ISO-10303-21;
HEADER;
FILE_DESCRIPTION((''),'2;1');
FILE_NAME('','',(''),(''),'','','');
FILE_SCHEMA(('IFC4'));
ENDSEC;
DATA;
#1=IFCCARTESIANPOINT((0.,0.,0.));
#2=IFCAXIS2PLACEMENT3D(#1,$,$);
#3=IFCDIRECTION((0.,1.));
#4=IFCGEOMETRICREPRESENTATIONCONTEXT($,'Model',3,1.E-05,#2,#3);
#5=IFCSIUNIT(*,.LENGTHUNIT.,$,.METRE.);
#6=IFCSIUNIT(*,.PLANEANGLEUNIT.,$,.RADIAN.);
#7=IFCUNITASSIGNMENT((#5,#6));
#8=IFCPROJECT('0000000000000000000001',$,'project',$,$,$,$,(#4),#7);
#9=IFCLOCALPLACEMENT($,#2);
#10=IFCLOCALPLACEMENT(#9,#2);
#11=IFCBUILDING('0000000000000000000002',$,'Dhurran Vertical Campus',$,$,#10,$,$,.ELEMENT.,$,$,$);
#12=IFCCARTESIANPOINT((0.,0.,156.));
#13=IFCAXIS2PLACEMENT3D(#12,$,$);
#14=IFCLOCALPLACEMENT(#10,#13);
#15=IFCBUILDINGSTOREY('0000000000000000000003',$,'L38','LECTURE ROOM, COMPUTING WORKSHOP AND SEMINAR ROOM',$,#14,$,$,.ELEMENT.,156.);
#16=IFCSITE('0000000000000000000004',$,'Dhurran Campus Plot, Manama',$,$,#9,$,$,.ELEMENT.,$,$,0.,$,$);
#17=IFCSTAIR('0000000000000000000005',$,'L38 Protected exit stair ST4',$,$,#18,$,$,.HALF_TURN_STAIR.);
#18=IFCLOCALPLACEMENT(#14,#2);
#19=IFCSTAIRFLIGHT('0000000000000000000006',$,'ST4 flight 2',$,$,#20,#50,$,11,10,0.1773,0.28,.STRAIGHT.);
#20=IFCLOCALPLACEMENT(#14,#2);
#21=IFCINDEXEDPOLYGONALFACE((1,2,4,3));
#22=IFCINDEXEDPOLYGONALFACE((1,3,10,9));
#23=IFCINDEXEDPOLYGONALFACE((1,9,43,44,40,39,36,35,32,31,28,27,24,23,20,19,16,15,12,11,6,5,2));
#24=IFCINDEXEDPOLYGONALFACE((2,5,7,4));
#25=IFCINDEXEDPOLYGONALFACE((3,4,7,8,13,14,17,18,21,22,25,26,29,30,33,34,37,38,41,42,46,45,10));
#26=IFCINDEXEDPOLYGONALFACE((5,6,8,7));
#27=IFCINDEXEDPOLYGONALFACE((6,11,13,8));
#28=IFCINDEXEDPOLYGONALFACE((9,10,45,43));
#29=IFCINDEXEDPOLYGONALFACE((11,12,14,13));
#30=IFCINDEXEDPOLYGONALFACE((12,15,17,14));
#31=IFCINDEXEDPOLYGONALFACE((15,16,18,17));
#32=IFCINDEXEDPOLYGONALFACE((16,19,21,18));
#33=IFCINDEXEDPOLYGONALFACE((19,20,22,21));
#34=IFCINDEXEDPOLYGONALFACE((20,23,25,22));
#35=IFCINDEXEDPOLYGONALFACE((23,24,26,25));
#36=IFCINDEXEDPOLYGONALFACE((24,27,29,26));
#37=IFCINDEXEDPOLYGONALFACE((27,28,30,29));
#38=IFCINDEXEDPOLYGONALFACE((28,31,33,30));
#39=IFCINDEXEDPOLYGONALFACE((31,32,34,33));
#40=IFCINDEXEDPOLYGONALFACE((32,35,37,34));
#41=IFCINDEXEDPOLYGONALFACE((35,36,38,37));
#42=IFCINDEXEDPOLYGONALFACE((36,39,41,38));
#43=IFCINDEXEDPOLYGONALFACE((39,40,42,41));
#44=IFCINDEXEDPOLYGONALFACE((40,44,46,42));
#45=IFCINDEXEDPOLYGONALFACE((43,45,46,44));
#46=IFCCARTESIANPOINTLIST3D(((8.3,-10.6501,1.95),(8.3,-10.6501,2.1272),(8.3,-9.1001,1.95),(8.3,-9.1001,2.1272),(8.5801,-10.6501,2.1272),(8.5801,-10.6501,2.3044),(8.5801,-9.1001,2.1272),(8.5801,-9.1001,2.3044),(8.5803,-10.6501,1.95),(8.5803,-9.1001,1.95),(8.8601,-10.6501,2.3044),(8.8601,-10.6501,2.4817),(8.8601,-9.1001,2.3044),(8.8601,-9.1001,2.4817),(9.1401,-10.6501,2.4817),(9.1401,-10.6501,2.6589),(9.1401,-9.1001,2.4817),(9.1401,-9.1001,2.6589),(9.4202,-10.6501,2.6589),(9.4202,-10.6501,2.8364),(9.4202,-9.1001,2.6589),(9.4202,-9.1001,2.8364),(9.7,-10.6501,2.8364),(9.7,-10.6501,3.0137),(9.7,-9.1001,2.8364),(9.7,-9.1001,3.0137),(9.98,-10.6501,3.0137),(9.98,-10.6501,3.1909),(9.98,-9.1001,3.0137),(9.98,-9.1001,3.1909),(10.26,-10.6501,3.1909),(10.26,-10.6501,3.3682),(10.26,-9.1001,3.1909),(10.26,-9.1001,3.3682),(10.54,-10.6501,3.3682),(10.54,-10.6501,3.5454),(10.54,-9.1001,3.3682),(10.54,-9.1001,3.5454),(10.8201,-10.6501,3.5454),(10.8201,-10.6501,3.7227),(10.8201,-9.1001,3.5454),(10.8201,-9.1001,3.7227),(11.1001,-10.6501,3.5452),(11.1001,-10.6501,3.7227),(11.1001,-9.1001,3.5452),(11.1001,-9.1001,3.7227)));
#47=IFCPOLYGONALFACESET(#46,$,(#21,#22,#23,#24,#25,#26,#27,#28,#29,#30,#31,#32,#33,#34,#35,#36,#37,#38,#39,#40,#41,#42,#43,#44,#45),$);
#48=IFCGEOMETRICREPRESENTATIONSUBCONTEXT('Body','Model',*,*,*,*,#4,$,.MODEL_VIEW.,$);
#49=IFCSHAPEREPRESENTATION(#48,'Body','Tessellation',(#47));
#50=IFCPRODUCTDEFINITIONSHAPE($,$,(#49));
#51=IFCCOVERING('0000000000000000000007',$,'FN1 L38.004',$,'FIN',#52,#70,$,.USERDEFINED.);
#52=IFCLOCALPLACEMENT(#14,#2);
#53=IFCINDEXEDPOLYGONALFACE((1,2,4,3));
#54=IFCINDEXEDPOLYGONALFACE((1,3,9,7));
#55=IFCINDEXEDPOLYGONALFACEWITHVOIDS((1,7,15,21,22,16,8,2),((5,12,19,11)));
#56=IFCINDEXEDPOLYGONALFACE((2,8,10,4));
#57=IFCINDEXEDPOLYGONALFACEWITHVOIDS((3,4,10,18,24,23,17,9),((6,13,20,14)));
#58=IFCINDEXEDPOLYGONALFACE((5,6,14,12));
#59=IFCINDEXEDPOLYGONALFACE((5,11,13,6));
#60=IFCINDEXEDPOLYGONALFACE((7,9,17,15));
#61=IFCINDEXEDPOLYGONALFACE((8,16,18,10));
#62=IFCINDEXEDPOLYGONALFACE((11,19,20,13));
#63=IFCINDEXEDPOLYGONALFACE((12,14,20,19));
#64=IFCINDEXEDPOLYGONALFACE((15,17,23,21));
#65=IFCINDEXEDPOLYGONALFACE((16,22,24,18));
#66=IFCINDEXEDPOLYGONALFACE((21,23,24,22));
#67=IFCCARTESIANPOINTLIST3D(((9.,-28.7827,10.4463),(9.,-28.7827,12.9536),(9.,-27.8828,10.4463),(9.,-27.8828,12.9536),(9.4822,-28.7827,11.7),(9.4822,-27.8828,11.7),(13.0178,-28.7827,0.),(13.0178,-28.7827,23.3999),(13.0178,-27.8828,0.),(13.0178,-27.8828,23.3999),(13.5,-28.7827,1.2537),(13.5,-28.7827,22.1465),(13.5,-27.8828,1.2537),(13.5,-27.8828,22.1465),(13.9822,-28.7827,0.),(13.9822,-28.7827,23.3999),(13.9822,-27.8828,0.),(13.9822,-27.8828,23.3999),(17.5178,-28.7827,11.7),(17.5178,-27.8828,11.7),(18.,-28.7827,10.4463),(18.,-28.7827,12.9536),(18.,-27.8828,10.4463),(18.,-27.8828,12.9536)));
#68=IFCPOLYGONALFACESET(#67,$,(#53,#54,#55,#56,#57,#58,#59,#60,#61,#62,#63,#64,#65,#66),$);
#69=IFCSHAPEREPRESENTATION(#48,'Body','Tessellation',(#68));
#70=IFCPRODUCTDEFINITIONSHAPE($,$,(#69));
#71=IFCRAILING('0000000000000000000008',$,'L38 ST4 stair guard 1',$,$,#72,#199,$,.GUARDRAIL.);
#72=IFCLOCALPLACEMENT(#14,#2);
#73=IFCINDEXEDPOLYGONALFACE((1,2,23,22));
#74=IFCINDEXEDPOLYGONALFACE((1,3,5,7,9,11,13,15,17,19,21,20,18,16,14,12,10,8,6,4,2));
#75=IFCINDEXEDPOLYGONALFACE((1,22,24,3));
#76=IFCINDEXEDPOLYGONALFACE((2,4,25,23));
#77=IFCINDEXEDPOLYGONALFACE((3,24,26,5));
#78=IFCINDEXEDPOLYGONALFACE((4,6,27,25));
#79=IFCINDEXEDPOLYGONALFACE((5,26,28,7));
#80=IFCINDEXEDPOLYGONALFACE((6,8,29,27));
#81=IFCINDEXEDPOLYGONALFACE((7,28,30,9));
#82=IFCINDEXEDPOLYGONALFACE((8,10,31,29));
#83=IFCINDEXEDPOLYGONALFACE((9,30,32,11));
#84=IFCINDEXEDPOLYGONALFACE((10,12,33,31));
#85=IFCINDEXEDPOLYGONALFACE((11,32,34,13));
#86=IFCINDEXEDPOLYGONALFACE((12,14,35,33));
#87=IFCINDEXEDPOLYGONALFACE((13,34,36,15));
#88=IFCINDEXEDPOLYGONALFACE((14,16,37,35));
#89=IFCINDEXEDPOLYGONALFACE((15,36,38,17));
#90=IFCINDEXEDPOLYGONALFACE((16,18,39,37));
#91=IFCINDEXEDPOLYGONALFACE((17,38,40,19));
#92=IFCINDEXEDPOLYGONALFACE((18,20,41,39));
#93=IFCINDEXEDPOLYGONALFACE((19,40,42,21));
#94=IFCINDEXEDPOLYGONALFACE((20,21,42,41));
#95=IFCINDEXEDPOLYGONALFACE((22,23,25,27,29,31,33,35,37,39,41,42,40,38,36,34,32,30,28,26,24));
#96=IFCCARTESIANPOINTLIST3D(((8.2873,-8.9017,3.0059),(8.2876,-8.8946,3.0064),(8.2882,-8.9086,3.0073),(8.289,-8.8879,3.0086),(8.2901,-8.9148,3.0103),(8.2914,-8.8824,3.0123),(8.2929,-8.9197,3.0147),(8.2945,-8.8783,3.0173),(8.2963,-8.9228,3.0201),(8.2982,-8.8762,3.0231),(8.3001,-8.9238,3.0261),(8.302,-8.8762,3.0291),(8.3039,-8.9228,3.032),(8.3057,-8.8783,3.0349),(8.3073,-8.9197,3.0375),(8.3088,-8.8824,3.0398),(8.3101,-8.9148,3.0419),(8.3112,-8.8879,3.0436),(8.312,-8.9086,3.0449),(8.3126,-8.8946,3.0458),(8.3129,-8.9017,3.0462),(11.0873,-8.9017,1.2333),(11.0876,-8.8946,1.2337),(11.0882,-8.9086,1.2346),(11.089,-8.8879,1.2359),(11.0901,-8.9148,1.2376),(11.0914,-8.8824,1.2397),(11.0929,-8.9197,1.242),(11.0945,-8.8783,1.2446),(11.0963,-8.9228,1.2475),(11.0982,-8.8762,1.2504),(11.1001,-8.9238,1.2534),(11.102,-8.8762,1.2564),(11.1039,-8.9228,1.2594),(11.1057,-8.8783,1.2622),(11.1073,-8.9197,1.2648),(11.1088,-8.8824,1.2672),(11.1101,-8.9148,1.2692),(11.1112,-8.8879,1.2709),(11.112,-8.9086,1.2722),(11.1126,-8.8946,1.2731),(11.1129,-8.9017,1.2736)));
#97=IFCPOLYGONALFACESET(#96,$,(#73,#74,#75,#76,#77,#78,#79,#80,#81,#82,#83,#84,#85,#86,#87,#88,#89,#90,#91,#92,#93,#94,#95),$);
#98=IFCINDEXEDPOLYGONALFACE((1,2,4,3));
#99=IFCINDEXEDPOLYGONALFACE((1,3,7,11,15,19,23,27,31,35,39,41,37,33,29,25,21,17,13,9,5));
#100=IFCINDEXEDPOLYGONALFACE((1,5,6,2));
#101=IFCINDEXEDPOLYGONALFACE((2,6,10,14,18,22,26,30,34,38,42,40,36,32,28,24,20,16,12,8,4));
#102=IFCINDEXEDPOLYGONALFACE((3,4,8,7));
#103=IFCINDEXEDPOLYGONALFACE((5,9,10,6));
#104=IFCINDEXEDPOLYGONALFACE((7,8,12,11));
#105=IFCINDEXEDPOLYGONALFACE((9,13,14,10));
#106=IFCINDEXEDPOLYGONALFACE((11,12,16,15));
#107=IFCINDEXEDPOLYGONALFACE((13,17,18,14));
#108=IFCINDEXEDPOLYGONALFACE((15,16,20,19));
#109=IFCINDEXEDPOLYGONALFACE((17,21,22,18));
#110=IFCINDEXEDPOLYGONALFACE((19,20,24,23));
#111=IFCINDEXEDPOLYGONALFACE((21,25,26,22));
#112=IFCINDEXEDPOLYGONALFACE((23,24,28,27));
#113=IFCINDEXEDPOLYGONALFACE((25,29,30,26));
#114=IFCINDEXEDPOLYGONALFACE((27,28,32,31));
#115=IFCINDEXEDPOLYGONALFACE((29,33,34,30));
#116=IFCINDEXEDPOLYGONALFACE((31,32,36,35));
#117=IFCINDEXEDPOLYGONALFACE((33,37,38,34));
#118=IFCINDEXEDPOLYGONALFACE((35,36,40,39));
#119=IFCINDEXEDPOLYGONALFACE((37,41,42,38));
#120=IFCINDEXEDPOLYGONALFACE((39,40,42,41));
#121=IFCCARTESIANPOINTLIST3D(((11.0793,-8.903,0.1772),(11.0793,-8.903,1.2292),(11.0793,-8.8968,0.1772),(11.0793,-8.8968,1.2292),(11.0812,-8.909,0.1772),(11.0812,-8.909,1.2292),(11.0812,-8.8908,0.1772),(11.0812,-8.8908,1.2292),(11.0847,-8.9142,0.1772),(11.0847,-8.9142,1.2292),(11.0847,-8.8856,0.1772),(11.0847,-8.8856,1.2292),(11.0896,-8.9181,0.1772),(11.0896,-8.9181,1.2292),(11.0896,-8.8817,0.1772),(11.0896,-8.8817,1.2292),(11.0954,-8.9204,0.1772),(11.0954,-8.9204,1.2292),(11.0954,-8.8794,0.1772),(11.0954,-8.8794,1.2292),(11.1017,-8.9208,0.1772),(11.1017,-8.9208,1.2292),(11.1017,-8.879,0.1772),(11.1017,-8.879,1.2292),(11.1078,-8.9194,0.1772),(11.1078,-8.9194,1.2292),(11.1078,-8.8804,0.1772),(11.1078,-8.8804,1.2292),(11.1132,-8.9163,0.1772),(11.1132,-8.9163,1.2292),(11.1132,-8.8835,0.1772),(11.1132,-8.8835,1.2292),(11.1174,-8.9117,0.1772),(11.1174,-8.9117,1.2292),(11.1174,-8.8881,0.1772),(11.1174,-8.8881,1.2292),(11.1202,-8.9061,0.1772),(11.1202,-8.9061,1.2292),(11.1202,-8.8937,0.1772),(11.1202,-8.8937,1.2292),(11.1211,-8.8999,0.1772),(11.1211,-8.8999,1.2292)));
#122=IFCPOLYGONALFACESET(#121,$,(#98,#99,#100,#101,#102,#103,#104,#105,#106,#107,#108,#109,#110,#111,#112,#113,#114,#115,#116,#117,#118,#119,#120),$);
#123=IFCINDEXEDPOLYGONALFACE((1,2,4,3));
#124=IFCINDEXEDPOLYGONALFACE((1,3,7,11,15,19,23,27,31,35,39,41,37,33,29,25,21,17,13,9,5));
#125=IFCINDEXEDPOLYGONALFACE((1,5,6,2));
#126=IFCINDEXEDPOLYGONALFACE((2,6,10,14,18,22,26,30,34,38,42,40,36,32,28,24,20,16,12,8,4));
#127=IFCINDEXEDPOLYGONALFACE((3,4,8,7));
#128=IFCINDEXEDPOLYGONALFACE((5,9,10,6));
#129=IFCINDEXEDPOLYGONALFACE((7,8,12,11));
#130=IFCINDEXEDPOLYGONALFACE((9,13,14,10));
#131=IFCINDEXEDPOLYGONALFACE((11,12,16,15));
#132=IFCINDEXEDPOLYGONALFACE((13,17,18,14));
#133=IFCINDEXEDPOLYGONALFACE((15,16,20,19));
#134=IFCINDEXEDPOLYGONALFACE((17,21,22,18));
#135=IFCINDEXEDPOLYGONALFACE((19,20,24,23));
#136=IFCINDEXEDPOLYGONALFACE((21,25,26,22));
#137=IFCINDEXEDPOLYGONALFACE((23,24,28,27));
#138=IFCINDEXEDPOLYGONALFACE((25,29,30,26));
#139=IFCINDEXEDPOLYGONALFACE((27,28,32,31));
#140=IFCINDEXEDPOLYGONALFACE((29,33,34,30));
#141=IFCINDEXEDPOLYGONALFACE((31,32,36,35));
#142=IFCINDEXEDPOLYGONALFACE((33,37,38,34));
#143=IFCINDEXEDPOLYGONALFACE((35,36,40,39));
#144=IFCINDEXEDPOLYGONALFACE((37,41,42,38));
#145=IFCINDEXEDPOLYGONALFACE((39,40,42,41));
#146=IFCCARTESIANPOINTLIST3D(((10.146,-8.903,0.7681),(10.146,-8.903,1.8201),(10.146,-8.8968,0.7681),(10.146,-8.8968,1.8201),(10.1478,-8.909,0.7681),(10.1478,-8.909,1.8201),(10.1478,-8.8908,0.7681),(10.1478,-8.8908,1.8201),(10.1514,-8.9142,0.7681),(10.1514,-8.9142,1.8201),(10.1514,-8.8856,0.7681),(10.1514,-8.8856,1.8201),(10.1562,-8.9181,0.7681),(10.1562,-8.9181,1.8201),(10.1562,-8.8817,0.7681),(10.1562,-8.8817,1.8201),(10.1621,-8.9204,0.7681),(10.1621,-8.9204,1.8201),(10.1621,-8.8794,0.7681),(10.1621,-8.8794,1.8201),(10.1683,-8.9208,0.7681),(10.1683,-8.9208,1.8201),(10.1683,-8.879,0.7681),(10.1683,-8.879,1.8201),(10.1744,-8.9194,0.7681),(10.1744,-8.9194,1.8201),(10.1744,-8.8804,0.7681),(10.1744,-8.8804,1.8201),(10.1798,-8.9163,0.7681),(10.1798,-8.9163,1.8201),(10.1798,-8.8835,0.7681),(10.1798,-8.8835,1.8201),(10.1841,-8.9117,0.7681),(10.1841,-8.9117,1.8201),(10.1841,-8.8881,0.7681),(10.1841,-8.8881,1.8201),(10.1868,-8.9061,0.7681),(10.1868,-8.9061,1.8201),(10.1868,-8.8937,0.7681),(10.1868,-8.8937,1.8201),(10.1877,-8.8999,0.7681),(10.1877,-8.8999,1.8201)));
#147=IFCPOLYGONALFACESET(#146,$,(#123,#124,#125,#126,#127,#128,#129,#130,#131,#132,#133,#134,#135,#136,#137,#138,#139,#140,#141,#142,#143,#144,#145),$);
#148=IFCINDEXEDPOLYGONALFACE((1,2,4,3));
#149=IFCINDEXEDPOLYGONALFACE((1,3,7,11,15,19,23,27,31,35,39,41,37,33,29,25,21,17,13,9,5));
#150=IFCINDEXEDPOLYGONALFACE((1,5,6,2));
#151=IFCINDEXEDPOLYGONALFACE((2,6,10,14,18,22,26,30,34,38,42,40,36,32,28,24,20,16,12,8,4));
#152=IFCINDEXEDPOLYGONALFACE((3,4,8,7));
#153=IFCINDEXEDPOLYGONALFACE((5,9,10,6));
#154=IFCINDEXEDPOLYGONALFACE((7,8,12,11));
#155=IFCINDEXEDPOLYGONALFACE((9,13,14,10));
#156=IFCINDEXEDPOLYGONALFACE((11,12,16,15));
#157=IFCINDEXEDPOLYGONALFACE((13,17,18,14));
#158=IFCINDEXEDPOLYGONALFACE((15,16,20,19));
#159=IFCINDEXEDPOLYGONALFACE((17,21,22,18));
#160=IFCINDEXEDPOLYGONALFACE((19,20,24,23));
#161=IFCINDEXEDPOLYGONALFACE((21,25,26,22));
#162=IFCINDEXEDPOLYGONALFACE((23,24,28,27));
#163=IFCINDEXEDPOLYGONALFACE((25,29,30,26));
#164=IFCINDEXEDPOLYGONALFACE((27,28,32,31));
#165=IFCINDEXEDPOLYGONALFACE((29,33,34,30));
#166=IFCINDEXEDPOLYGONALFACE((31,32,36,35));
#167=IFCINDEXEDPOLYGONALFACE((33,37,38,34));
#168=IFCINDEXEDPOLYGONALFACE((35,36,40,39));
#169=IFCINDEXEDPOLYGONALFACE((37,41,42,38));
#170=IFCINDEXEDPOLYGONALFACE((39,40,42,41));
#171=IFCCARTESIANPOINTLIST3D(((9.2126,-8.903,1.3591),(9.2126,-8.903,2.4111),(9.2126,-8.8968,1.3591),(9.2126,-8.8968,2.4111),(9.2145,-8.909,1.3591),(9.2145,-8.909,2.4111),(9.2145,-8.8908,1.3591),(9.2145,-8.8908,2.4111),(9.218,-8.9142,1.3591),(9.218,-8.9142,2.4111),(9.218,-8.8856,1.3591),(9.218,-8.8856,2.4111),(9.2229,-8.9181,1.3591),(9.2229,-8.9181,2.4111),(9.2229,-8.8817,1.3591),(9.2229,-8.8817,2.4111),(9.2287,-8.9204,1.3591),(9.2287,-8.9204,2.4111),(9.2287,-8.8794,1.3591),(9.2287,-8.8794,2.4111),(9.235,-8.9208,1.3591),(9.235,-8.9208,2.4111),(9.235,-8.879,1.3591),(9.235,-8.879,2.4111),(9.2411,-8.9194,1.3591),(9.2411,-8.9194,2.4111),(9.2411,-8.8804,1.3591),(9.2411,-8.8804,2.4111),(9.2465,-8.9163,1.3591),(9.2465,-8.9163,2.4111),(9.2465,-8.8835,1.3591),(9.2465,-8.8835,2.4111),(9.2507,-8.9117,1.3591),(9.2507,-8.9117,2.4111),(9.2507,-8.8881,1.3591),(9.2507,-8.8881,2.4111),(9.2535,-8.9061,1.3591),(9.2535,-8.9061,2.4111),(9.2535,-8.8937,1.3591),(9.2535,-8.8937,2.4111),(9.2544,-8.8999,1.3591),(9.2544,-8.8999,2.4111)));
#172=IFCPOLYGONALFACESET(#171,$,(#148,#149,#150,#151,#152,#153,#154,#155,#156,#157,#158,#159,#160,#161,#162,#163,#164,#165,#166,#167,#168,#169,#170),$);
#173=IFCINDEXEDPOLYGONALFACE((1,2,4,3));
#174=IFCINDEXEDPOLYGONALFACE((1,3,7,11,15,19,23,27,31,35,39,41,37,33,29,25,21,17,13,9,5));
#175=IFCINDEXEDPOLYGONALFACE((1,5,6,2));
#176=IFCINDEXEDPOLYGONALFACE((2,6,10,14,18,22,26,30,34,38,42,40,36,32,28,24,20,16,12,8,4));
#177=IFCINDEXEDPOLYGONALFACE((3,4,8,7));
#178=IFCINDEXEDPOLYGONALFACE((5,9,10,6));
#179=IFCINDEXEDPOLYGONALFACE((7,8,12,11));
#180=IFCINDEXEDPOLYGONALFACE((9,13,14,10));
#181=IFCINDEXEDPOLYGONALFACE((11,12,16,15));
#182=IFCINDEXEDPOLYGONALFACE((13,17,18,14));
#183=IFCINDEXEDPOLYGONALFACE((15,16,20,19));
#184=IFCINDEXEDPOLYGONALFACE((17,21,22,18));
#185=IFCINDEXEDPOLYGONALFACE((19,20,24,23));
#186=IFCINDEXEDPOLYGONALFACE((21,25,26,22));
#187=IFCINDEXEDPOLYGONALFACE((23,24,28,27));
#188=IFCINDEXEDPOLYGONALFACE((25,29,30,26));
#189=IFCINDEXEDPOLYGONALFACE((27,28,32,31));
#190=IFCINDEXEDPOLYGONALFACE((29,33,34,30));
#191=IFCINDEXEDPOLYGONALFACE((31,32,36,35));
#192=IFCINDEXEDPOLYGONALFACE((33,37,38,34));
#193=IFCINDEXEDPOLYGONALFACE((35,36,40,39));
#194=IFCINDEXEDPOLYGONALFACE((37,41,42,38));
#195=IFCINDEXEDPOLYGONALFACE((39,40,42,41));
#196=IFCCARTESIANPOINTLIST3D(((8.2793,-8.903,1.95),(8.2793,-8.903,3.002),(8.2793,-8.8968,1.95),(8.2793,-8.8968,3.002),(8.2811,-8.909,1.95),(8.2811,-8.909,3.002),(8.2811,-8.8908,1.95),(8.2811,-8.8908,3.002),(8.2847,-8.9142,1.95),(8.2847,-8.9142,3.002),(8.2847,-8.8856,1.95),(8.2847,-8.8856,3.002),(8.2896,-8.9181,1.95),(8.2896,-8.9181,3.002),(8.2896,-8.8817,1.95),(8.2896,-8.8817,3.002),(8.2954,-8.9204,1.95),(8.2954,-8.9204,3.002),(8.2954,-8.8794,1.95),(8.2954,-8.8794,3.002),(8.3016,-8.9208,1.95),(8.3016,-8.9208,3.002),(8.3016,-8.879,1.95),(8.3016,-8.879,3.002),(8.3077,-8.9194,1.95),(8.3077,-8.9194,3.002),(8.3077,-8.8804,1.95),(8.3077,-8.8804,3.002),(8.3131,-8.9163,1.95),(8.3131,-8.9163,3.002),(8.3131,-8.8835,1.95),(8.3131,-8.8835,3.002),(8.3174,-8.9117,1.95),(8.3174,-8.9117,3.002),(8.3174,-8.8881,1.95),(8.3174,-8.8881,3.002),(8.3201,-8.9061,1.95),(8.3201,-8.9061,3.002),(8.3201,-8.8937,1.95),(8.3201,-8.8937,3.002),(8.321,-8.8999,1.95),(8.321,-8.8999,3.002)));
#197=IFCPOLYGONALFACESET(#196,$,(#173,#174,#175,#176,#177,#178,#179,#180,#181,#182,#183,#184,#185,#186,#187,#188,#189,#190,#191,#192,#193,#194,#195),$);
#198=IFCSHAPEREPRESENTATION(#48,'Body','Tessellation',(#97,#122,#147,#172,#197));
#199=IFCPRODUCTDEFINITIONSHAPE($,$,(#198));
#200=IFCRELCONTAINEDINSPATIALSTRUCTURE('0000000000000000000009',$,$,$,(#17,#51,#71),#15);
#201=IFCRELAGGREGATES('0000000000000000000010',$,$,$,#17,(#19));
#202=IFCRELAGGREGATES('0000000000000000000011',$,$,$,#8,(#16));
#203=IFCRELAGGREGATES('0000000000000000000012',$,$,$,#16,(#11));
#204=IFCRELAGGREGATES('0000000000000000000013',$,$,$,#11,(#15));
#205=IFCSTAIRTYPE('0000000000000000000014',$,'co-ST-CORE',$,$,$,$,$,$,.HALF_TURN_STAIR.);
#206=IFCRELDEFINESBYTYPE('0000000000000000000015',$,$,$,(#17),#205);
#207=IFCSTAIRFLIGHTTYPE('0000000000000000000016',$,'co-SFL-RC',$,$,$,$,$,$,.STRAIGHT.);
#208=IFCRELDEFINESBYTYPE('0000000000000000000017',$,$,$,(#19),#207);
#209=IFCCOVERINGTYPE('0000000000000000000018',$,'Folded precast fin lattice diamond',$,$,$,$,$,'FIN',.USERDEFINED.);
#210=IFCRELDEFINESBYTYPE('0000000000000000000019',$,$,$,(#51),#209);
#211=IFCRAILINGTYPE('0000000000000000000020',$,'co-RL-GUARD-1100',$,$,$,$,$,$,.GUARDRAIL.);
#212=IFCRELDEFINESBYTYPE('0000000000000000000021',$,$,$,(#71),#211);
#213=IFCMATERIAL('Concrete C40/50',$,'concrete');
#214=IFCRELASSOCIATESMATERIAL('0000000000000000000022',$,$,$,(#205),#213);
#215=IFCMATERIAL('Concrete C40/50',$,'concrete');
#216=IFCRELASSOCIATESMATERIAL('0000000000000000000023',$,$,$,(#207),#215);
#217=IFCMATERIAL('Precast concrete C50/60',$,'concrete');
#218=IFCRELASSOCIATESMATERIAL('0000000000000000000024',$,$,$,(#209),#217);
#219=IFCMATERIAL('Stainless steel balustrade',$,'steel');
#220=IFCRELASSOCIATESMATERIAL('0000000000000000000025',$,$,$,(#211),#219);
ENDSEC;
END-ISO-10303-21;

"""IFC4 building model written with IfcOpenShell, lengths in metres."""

from ifc_helpers import new_model, si_unit, direction, frame, origin, origin_2d, place, context, subcontext, project, spatial, polyline, circle, outline, extrude, material, type_object, element, aggregate, save


model = new_model("IFC4")

# Units and contexts
model_context = context("Model", 3, precision=1e-05, world=origin(), true_north=direction((0.0, 1.0)))
body_context = subcontext(model_context, "Body", "Model", "MODEL_VIEW")
ifc_project = project(units=[si_unit("LENGTHUNIT", "METRE"), si_unit("PLANEANGLEUNIT", "RADIAN")], contexts=[model_context])

# Site, building, storey
site_placement = place(None, origin())
site = spatial("IfcSite", under=ifc_project, at=site_placement, Name="Dhurran Campus Plot, Manama", CompositionType="ELEMENT", RefElevation=0.0)
building_placement = place(site_placement, origin())
building = spatial("IfcBuilding", under=site, at=building_placement, Name="Dhurran Vertical Campus", CompositionType="ELEMENT")
storey_placement = place(building_placement, frame((0.0, 0.0, 156.0)))
storey = spatial("IfcBuildingStorey", under=building, at=storey_placement, Name="L38", Description="LECTURE ROOM, COMPUTING WORKSHOP AND SEMINAR ROOM", CompositionType="ELEMENT", Elevation=156.0)

# Stair, stair flight
ifc_material_1 = material(Name="Concrete C40/50", Category="concrete")
stair_type = type_object("IfcStairType", Name="co-ST-CORE", PredefinedType="HALF_TURN_STAIR", material=ifc_material_1)
stair_placement = place(storey_placement, origin())
stair = element("IfcStair", 1, at=stair_placement, inside=storey, type_object=stair_type, Name="L38 Protected exit stair ST4", PredefinedType="HALF_TURN_STAIR")
ifc_material_2 = material(Name="Concrete C40/50", Category="concrete")
stair_flight_type = type_object("IfcStairFlightType", Name="co-SFL-RC", PredefinedType="STRAIGHT", material=ifc_material_2)
stair_flight_1_placement = place(storey_placement, frame((8.3, -9.875, 1.95), z_axis=(0.0, 0.0, 1.0), x_axis=(1.0, 0.0, 0.0)))
stair_flight_1 = element("IfcStairFlight", 2, at=stair_flight_1_placement, type_object=stair_flight_type, Name="ST4 flight 2", NumberOfRisers=11, NumberOfTreads=10, PredefinedType="STRAIGHT", RiserHeight=0.1773, TreadLength=0.28, context=body_context, shape_type="SweptSolid", body=[
    extrude(outline(polyline([(0.0, 0.0), (0.0, 0.1772), (0.28, 0.1772), (0.28, 0.3545), (0.5601, 0.3545), (0.5601, 0.5317), (0.8401, 0.5317), (0.8401, 0.709), (1.1201, 0.709), (1.1201, 0.8865), (1.3999, 0.8865), (1.3999, 1.0637), (1.6799, 1.0637), (1.6799, 1.241), (1.96, 1.241), (1.96, 1.4182), (2.24, 1.4182), (2.24, 1.5955), (2.52, 1.5955), (2.52, 1.7727), (2.8, 1.7727), (2.8, 1.95), (2.8, 1.5952), (0.2803, 0.0), (0.0, 0.0)])), frame((0.0, 0.7749, 0.0), z_axis=(0.0, -1.0, 0.0), x_axis=(1.0, 0.0, 0.0)), (0.0, 0.0, 1.0), 1.55),
])
aggregate(stair, [stair_flight_1])

# Covering
ifc_material_3 = material(Name="Precast concrete C50/60", Category="concrete")
covering_type = type_object("IfcCoveringType", Name="Folded precast fin lattice diamond", ElementType="FIN", PredefinedType="USERDEFINED", material=ifc_material_3)
covering_placement = place(storey_placement, frame((9.0, -27.8828, 0.0), z_axis=(0.0, -1.0, 0.0), x_axis=(1.0, 0.0, 0.0)))
element("IfcCovering", 3, at=covering_placement, inside=storey, type_object=covering_type, Name="FN1 L38.004", ObjectType="FIN", PredefinedType="USERDEFINED", context=body_context, shape_type="SweptSolid", body=[
    extrude(outline(polyline([(9.0, 12.9536), (9.0, 10.4463), (4.9822, 0.0), (4.0178, 0.0), (0.0, 10.4463), (0.0, 12.9536), (4.0178, 23.3999), (4.9822, 23.3999), (9.0, 12.9536)]), holes=[polyline([(8.5178, 11.7), (4.5, 22.1465), (0.4822, 11.7), (4.5, 1.2537), (8.5178, 11.7)])]), origin(), (0.0, 0.0, 1.0), 0.8999),
])

# Railing
ifc_material_4 = material(Name="Stainless steel balustrade", Category="steel")
railing_type_1 = type_object("IfcRailingType", Name="co-RL-GUARD-1100", PredefinedType="GUARDRAIL", material=ifc_material_4)
railing_1_placement = place(storey_placement, frame((11.1001, -8.8999, 0.1772)))
element("IfcRailing", 4, at=railing_1_placement, inside=storey, type_object=railing_type_1, Name="L38 ST4 stair guard 1", PredefinedType="GUARDRAIL", context=body_context, shape_type="SweptSolid", body=[
    extrude(circle(Radius=0.0239, at=origin_2d()), frame((0.0, 0.0, 1.0762), z_axis=(-0.844909, 0.0, 0.53491), x_axis=(0.0, -1.0, 0.0)), (0.0, 0.0, 1.0), 3.314),
    extrude(circle(Radius=0.021, at=origin_2d()), origin(), (0.0, 0.0, 1.0), 1.052),
    extrude(circle(Radius=0.021, at=origin_2d()), frame((-0.9333, 0.0, 0.5908)), (0.0, 0.0, 1.0), 1.052),
    extrude(circle(Radius=0.021, at=origin_2d()), frame((-1.8667, 0.0, 1.1819)), (0.0, 0.0, 1.0), 1.052),
    extrude(circle(Radius=0.021, at=origin_2d()), frame((-2.8, 0.0, 1.7727)), (0.0, 0.0, 1.0), 1.052),
])

save(model, "model.ifc")
